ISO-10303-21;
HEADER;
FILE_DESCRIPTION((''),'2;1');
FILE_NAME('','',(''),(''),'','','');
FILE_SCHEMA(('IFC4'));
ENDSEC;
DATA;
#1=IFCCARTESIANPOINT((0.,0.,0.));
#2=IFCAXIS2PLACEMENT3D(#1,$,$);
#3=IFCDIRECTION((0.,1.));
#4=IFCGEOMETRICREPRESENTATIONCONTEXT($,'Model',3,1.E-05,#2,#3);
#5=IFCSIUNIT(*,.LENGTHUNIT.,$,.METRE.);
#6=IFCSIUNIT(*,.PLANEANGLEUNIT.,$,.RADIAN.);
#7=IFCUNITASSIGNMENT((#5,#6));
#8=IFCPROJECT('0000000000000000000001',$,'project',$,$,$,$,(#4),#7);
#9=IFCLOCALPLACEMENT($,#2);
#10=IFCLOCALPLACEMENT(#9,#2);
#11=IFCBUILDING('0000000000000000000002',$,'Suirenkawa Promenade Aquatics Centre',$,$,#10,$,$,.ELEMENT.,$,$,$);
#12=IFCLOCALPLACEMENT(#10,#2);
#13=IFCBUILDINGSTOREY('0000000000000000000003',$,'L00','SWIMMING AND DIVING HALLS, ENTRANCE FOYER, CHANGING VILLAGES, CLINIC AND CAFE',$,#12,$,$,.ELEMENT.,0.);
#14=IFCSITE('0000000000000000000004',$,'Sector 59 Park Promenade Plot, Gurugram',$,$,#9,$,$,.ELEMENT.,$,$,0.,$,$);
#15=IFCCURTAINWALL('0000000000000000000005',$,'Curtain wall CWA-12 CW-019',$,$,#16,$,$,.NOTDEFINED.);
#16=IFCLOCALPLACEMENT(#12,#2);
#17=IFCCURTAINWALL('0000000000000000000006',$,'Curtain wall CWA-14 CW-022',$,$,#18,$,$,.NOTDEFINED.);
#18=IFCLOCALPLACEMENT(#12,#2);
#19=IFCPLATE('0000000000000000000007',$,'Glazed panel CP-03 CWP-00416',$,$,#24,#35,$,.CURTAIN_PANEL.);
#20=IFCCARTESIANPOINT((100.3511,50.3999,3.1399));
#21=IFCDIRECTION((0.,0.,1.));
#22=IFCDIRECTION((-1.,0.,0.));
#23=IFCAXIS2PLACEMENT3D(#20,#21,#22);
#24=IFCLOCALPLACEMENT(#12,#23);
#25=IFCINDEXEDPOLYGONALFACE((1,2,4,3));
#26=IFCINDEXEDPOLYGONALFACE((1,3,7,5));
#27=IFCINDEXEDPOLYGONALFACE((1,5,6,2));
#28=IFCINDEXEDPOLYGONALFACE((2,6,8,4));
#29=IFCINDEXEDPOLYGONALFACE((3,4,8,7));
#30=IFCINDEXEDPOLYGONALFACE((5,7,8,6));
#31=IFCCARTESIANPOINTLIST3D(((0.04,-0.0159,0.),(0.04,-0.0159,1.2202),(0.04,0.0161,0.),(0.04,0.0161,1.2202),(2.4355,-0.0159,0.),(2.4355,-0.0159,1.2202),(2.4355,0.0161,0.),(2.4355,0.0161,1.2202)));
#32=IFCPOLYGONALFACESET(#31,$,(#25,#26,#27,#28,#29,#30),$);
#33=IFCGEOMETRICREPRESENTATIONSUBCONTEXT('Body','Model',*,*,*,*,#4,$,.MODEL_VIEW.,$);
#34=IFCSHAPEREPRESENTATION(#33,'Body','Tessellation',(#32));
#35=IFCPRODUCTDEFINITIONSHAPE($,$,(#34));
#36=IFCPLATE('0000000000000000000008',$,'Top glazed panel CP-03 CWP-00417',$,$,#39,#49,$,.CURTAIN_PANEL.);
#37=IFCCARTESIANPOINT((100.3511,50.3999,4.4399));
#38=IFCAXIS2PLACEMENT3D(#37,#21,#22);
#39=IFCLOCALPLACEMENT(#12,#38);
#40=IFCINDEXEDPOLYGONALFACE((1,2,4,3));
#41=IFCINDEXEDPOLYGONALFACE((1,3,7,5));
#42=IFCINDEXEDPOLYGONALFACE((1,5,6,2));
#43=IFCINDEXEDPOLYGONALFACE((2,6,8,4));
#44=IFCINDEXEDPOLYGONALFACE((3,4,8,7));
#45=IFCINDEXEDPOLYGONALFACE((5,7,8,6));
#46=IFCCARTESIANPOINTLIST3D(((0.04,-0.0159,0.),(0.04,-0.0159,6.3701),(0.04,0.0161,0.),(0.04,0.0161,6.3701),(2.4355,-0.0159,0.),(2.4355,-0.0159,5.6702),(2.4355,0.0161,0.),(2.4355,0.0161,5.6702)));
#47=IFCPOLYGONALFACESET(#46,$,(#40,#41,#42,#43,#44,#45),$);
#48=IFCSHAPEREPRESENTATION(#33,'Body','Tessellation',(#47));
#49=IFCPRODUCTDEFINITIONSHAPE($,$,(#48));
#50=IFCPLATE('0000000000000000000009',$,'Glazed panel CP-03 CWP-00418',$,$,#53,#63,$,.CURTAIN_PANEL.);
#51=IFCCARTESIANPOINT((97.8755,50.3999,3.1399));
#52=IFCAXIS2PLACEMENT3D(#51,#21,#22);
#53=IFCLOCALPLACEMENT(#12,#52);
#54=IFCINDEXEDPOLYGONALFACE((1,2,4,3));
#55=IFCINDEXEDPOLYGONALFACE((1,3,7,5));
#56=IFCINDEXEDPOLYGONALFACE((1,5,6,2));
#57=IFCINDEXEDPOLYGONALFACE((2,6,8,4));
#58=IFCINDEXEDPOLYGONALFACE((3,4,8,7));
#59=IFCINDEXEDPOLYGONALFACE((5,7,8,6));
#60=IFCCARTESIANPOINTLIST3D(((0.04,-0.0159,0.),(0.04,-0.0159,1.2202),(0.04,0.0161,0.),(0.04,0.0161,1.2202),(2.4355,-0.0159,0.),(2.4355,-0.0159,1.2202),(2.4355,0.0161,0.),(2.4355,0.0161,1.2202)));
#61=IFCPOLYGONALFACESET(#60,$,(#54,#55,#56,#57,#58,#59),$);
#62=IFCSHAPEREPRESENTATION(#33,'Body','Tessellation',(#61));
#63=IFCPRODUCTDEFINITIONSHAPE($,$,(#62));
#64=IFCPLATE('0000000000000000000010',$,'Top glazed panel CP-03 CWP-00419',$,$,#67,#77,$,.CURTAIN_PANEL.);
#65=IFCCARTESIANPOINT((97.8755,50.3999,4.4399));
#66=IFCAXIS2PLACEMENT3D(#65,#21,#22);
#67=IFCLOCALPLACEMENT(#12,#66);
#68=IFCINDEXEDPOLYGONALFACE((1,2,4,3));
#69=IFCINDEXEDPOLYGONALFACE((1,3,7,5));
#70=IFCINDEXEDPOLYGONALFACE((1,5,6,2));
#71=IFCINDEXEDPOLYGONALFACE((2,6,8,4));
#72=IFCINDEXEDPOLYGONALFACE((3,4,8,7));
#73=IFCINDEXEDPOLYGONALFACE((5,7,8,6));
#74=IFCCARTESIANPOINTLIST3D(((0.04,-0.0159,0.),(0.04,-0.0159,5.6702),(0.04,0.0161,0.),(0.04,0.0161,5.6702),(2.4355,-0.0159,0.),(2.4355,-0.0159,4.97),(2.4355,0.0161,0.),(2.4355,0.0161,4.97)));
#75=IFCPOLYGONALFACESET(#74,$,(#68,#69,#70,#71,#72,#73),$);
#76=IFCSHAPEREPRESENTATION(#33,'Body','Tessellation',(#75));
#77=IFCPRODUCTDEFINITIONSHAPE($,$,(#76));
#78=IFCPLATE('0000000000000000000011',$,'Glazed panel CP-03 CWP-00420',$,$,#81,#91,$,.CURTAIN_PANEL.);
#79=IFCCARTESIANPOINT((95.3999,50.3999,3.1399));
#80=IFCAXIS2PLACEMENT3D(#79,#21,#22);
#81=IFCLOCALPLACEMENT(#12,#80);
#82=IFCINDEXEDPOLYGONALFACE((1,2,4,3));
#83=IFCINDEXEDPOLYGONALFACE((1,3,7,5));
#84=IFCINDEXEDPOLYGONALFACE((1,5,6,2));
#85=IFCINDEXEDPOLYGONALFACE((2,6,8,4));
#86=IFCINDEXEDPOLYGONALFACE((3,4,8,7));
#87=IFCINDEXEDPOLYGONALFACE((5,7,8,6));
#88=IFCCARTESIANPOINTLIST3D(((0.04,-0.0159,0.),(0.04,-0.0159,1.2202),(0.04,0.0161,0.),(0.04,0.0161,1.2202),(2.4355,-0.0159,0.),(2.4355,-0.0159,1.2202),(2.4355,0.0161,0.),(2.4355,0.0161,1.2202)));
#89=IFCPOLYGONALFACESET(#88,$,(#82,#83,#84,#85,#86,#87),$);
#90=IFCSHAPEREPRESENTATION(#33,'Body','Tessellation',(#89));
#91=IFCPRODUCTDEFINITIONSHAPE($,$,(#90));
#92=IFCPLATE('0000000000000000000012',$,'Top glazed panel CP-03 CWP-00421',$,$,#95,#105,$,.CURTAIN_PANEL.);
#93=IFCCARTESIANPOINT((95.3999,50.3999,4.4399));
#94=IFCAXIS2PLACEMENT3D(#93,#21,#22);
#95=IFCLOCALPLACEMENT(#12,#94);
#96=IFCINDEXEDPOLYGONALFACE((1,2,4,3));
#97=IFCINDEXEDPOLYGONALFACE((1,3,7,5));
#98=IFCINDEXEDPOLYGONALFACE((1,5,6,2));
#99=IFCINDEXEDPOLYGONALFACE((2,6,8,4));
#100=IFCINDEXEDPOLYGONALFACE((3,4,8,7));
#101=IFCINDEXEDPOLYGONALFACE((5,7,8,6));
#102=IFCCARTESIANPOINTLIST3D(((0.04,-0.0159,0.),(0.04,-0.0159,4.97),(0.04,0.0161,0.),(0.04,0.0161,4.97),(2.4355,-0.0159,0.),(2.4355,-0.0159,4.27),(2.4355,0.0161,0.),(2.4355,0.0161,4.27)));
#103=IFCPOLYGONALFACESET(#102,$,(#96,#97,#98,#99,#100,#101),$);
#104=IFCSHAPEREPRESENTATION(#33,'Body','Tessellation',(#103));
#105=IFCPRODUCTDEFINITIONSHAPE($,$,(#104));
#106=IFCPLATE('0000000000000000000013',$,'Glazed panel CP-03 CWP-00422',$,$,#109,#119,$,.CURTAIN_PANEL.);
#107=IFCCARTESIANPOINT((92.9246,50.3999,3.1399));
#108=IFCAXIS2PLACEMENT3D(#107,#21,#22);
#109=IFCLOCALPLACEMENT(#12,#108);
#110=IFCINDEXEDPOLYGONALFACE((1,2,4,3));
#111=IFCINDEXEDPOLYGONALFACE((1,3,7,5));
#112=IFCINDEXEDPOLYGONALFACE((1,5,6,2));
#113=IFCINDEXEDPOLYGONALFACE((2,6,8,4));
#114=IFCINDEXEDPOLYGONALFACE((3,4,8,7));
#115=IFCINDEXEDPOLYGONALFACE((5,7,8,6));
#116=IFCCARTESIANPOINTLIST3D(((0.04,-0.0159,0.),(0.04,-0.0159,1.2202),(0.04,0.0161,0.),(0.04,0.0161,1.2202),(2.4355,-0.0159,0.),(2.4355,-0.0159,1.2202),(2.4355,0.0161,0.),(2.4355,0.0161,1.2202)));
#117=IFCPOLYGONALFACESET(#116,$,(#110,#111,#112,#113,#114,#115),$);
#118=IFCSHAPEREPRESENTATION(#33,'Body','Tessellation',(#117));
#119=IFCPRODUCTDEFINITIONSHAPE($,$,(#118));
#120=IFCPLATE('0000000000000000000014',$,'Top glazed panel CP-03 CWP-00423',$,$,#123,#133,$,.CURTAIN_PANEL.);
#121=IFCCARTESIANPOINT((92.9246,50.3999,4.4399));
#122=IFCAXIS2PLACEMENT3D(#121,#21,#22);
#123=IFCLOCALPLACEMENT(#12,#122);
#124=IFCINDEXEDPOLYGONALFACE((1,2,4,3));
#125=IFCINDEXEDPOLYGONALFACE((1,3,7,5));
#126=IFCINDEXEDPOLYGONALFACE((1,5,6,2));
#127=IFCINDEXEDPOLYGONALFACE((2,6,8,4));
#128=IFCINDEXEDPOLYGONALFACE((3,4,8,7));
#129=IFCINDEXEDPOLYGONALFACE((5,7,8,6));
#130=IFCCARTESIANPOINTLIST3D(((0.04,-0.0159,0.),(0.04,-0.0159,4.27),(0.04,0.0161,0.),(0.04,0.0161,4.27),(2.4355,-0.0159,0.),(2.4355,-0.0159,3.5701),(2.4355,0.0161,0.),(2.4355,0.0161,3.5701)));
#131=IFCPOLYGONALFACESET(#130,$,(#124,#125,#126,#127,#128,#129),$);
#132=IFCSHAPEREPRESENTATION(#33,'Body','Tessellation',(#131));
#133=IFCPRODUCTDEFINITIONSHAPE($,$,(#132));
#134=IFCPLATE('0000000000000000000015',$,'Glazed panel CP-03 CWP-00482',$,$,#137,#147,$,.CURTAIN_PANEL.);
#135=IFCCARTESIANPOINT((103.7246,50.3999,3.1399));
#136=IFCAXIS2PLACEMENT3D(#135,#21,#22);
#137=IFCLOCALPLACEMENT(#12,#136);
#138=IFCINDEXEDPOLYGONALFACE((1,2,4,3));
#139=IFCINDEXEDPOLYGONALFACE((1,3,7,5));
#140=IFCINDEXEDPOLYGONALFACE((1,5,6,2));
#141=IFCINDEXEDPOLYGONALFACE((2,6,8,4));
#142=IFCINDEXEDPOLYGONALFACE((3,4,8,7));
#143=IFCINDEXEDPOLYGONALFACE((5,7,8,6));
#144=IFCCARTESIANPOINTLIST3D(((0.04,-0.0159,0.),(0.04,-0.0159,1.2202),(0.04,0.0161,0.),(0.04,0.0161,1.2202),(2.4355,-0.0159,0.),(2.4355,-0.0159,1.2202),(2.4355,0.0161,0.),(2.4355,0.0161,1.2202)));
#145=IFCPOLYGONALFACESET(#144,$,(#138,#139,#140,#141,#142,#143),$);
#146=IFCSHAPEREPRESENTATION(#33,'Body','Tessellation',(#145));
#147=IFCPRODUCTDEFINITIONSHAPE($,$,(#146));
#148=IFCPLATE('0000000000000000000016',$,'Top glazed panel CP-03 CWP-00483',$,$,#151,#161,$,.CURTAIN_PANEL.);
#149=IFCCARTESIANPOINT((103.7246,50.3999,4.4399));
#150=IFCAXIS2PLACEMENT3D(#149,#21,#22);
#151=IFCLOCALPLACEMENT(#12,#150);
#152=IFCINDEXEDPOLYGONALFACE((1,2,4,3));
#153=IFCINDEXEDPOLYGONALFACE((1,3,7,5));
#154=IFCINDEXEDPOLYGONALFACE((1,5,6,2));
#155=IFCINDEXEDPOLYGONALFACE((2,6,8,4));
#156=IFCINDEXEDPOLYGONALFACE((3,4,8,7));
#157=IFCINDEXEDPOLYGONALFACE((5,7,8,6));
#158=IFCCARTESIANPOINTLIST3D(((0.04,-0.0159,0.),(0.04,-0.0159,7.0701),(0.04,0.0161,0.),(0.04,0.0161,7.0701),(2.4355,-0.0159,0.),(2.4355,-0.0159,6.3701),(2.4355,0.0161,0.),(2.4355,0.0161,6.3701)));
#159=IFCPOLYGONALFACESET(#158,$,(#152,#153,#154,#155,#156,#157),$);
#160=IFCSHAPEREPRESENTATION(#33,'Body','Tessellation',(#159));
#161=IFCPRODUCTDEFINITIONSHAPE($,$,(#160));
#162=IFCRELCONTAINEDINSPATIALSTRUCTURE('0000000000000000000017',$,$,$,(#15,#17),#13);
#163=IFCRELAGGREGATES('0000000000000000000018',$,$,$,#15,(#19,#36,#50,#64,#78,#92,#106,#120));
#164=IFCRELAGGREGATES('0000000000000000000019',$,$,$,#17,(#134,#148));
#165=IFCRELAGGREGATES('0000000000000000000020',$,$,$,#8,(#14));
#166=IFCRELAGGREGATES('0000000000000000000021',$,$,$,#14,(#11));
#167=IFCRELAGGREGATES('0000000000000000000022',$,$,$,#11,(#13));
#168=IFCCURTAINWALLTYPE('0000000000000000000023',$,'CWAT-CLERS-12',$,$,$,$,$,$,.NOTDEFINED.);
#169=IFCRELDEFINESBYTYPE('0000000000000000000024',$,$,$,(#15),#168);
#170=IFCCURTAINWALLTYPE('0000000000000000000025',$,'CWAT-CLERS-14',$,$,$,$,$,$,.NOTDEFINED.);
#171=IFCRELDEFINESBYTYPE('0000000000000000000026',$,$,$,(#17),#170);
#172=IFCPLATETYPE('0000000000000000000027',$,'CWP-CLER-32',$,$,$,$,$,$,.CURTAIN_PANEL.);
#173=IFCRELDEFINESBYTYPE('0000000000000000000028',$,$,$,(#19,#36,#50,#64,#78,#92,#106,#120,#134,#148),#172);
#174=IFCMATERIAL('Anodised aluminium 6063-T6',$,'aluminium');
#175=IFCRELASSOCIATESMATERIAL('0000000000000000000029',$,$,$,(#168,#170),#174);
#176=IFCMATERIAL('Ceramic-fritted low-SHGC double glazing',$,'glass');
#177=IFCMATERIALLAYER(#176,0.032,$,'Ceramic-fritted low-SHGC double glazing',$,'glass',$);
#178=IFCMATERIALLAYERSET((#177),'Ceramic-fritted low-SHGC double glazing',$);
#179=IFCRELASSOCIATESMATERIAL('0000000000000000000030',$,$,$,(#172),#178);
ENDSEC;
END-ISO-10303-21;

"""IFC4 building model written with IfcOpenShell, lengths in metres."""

from ifc_helpers import new_model, si_unit, direction, frame, origin, place, context, subcontext, project, spatial, polyline, outline, extrude, material, layer, layer_set, type_object, element, aggregate, save


model = new_model("IFC4")

# Units and contexts
model_context = context("Model", 3, precision=1e-05, world=origin(), true_north=direction((0.0, 1.0)))
body_context = subcontext(model_context, "Body", "Model", "MODEL_VIEW")
ifc_project = project(units=[si_unit("LENGTHUNIT", "METRE"), si_unit("PLANEANGLEUNIT", "RADIAN")], contexts=[model_context])

# Site, building, storey
site_placement = place(None, origin())
site = spatial("IfcSite", under=ifc_project, at=site_placement, Name="Sector 59 Park Promenade Plot, Gurugram", CompositionType="ELEMENT", RefElevation=0.0)
building_placement = place(site_placement, origin())
building = spatial("IfcBuilding", under=site, at=building_placement, Name="Suirenkawa Promenade Aquatics Centre", CompositionType="ELEMENT")
storey_placement = place(building_placement, origin())
storey = spatial("IfcBuildingStorey", under=building, at=storey_placement, Name="L00", Description="SWIMMING AND DIVING HALLS, ENTRANCE FOYER, CHANGING VILLAGES, CLINIC AND CAFE", CompositionType="ELEMENT", Elevation=0.0)

# Curtain walls
ifc_material_1 = material(Name="Anodised aluminium 6063-T6", Category="aluminium")
curtain_wall_type_1 = type_object("IfcCurtainWallType", Name="CWAT-CLERS-12", PredefinedType="NOTDEFINED", material=ifc_material_1)
curtain_wall_1_placement = place(storey_placement, origin())
curtain_wall_1 = element("IfcCurtainWall", 1, at=curtain_wall_1_placement, inside=storey, type_object=curtain_wall_type_1, Name="Curtain wall CWA-12 CW-019", PredefinedType="NOTDEFINED")
curtain_wall_type_2 = type_object("IfcCurtainWallType", Name="CWAT-CLERS-14", PredefinedType="NOTDEFINED", material=ifc_material_1)
curtain_wall_2_placement = place(storey_placement, origin())
curtain_wall_2 = element("IfcCurtainWall", 2, at=curtain_wall_2_placement, inside=storey, type_object=curtain_wall_type_2, Name="Curtain wall CWA-14 CW-022", PredefinedType="NOTDEFINED")

# Plates
ifc_material_2 = material(Name="Ceramic-fritted low-SHGC double glazing", Category="glass")
ifc_layer_1 = layer(ifc_material_2, 0.032, Name="Ceramic-fritted low-SHGC double glazing", Category="glass")
ifc_layer_set_1 = layer_set([ifc_layer_1], Name="Ceramic-fritted low-SHGC double glazing")
plate_type_1 = type_object("IfcPlateType", Name="CWP-CLER-32", PredefinedType="CURTAIN_PANEL", material=ifc_layer_set_1)
plate_1_placement = place(storey_placement, frame((100.3511, 50.3999, 3.1399), z_axis=(0.0, 0.0, 1.0), x_axis=(-1.0, 0.0, 0.0)))
plate_1 = element("IfcPlate", 3, at=plate_1_placement, type_object=plate_type_1, Name="Glazed panel CP-03 CWP-00416", PredefinedType="CURTAIN_PANEL", context=body_context, shape_type="SweptSolid", body=[
    extrude(outline(polyline([(0.04, 0.0), (2.4355, 0.0), (2.4355, 1.2202), (0.04, 1.2202), (0.04, 0.0)])), frame((0.0, 0.0161, 0.0), z_axis=(0.0, -1.0, 0.0), x_axis=(1.0, 0.0, 0.0)), (0.0, 0.0, 1.0), 0.032),
])
plate_2_placement = place(storey_placement, frame((100.3511, 50.3999, 4.4399), z_axis=(0.0, 0.0, 1.0), x_axis=(-1.0, 0.0, 0.0)))
plate_2 = element("IfcPlate", 4, at=plate_2_placement, type_object=plate_type_1, Name="Top glazed panel CP-03 CWP-00417", PredefinedType="CURTAIN_PANEL", context=body_context, shape_type="SweptSolid", body=[
    extrude(outline(polyline([(0.04, 0.0), (2.4355, 0.0), (2.4355, 5.6702), (0.04, 6.3701), (0.04, 0.0)])), frame((0.0, 0.0161, 0.0), z_axis=(0.0, -1.0, 0.0), x_axis=(1.0, 0.0, 0.0)), (0.0, 0.0, 1.0), 0.032),
])
plate_3_placement = place(storey_placement, frame((97.8755, 50.3999, 3.1399), z_axis=(0.0, 0.0, 1.0), x_axis=(-1.0, 0.0, 0.0)))
plate_3 = element("IfcPlate", 5, at=plate_3_placement, type_object=plate_type_1, Name="Glazed panel CP-03 CWP-00418", PredefinedType="CURTAIN_PANEL", context=body_context, shape_type="SweptSolid", body=[
    extrude(outline(polyline([(0.04, 0.0), (2.4355, 0.0), (2.4355, 1.2202), (0.04, 1.2202), (0.04, 0.0)])), frame((0.0, 0.0161, 0.0), z_axis=(0.0, -1.0, 0.0), x_axis=(1.0, 0.0, 0.0)), (0.0, 0.0, 1.0), 0.032),
])
plate_4_placement = place(storey_placement, frame((97.8755, 50.3999, 4.4399), z_axis=(0.0, 0.0, 1.0), x_axis=(-1.0, 0.0, 0.0)))
plate_4 = element("IfcPlate", 6, at=plate_4_placement, type_object=plate_type_1, Name="Top glazed panel CP-03 CWP-00419", PredefinedType="CURTAIN_PANEL", context=body_context, shape_type="SweptSolid", body=[
    extrude(outline(polyline([(0.04, 0.0), (2.4355, 0.0), (2.4355, 4.97), (0.04, 5.6702), (0.04, 0.0)])), frame((0.0, 0.0161, 0.0), z_axis=(0.0, -1.0, 0.0), x_axis=(1.0, 0.0, 0.0)), (0.0, 0.0, 1.0), 0.032),
])
plate_5_placement = place(storey_placement, frame((95.3999, 50.3999, 3.1399), z_axis=(0.0, 0.0, 1.0), x_axis=(-1.0, 0.0, 0.0)))
plate_5 = element("IfcPlate", 7, at=plate_5_placement, type_object=plate_type_1, Name="Glazed panel CP-03 CWP-00420", PredefinedType="CURTAIN_PANEL", context=body_context, shape_type="SweptSolid", body=[
    extrude(outline(polyline([(0.04, 0.0), (2.4355, 0.0), (2.4355, 1.2202), (0.04, 1.2202), (0.04, 0.0)])), frame((0.0, 0.0161, 0.0), z_axis=(0.0, -1.0, 0.0), x_axis=(1.0, 0.0, 0.0)), (0.0, 0.0, 1.0), 0.032),
])
plate_6_placement = place(storey_placement, frame((95.3999, 50.3999, 4.4399), z_axis=(0.0, 0.0, 1.0), x_axis=(-1.0, 0.0, 0.0)))
plate_6 = element("IfcPlate", 8, at=plate_6_placement, type_object=plate_type_1, Name="Top glazed panel CP-03 CWP-00421", PredefinedType="CURTAIN_PANEL", context=body_context, shape_type="SweptSolid", body=[
    extrude(outline(polyline([(0.04, 0.0), (2.4355, 0.0), (2.4355, 4.27), (0.04, 4.97), (0.04, 0.0)])), frame((0.0, 0.0161, 0.0), z_axis=(0.0, -1.0, 0.0), x_axis=(1.0, 0.0, 0.0)), (0.0, 0.0, 1.0), 0.032),
])
plate_7_placement = place(storey_placement, frame((92.9246, 50.3999, 3.1399), z_axis=(0.0, 0.0, 1.0), x_axis=(-1.0, 0.0, 0.0)))
plate_7 = element("IfcPlate", 9, at=plate_7_placement, type_object=plate_type_1, Name="Glazed panel CP-03 CWP-00422", PredefinedType="CURTAIN_PANEL", context=body_context, shape_type="SweptSolid", body=[
    extrude(outline(polyline([(0.04, 0.0), (2.4355, 0.0), (2.4355, 1.2202), (0.04, 1.2202), (0.04, 0.0)])), frame((0.0, 0.0161, 0.0), z_axis=(0.0, -1.0, 0.0), x_axis=(1.0, 0.0, 0.0)), (0.0, 0.0, 1.0), 0.032),
])
plate_8_placement = place(storey_placement, frame((92.9246, 50.3999, 4.4399), z_axis=(0.0, 0.0, 1.0), x_axis=(-1.0, 0.0, 0.0)))
plate_8 = element("IfcPlate", 10, at=plate_8_placement, type_object=plate_type_1, Name="Top glazed panel CP-03 CWP-00423", PredefinedType="CURTAIN_PANEL", context=body_context, shape_type="SweptSolid", body=[
    extrude(outline(polyline([(0.04, 0.0), (2.4355, 0.0), (2.4355, 3.5701), (0.04, 4.27), (0.04, 0.0)])), frame((0.0, 0.0161, 0.0), z_axis=(0.0, -1.0, 0.0), x_axis=(1.0, 0.0, 0.0)), (0.0, 0.0, 1.0), 0.032),
])
aggregate(curtain_wall_1, [plate_1, plate_2, plate_3, plate_4, plate_5, plate_6, plate_7, plate_8])
plate_9_placement = place(storey_placement, frame((103.7246, 50.3999, 3.1399), z_axis=(0.0, 0.0, 1.0), x_axis=(-1.0, 0.0, 0.0)))
plate_9 = element("IfcPlate", 11, at=plate_9_placement, type_object=plate_type_1, Name="Glazed panel CP-03 CWP-00482", PredefinedType="CURTAIN_PANEL", context=body_context, shape_type="SweptSolid", body=[
    extrude(outline(polyline([(0.04, 0.0), (2.4355, 0.0), (2.4355, 1.2202), (0.04, 1.2202), (0.04, 0.0)])), frame((0.0, 0.0161, 0.0), z_axis=(0.0, -1.0, 0.0), x_axis=(1.0, 0.0, 0.0)), (0.0, 0.0, 1.0), 0.032),
])
plate_10_placement = place(storey_placement, frame((103.7246, 50.3999, 4.4399), z_axis=(0.0, 0.0, 1.0), x_axis=(-1.0, 0.0, 0.0)))
plate_10 = element("IfcPlate", 12, at=plate_10_placement, type_object=plate_type_1, Name="Top glazed panel CP-03 CWP-00483", PredefinedType="CURTAIN_PANEL", context=body_context, shape_type="SweptSolid", body=[
    extrude(outline(polyline([(0.04, 0.0), (2.4355, 0.0), (2.4355, 6.3701), (0.04, 7.0701), (0.04, 0.0)])), frame((0.0, 0.0161, 0.0), z_axis=(0.0, -1.0, 0.0), x_axis=(1.0, 0.0, 0.0)), (0.0, 0.0, 1.0), 0.032),
])
aggregate(curtain_wall_2, [plate_9, plate_10])

save(model, "model.ifc")
